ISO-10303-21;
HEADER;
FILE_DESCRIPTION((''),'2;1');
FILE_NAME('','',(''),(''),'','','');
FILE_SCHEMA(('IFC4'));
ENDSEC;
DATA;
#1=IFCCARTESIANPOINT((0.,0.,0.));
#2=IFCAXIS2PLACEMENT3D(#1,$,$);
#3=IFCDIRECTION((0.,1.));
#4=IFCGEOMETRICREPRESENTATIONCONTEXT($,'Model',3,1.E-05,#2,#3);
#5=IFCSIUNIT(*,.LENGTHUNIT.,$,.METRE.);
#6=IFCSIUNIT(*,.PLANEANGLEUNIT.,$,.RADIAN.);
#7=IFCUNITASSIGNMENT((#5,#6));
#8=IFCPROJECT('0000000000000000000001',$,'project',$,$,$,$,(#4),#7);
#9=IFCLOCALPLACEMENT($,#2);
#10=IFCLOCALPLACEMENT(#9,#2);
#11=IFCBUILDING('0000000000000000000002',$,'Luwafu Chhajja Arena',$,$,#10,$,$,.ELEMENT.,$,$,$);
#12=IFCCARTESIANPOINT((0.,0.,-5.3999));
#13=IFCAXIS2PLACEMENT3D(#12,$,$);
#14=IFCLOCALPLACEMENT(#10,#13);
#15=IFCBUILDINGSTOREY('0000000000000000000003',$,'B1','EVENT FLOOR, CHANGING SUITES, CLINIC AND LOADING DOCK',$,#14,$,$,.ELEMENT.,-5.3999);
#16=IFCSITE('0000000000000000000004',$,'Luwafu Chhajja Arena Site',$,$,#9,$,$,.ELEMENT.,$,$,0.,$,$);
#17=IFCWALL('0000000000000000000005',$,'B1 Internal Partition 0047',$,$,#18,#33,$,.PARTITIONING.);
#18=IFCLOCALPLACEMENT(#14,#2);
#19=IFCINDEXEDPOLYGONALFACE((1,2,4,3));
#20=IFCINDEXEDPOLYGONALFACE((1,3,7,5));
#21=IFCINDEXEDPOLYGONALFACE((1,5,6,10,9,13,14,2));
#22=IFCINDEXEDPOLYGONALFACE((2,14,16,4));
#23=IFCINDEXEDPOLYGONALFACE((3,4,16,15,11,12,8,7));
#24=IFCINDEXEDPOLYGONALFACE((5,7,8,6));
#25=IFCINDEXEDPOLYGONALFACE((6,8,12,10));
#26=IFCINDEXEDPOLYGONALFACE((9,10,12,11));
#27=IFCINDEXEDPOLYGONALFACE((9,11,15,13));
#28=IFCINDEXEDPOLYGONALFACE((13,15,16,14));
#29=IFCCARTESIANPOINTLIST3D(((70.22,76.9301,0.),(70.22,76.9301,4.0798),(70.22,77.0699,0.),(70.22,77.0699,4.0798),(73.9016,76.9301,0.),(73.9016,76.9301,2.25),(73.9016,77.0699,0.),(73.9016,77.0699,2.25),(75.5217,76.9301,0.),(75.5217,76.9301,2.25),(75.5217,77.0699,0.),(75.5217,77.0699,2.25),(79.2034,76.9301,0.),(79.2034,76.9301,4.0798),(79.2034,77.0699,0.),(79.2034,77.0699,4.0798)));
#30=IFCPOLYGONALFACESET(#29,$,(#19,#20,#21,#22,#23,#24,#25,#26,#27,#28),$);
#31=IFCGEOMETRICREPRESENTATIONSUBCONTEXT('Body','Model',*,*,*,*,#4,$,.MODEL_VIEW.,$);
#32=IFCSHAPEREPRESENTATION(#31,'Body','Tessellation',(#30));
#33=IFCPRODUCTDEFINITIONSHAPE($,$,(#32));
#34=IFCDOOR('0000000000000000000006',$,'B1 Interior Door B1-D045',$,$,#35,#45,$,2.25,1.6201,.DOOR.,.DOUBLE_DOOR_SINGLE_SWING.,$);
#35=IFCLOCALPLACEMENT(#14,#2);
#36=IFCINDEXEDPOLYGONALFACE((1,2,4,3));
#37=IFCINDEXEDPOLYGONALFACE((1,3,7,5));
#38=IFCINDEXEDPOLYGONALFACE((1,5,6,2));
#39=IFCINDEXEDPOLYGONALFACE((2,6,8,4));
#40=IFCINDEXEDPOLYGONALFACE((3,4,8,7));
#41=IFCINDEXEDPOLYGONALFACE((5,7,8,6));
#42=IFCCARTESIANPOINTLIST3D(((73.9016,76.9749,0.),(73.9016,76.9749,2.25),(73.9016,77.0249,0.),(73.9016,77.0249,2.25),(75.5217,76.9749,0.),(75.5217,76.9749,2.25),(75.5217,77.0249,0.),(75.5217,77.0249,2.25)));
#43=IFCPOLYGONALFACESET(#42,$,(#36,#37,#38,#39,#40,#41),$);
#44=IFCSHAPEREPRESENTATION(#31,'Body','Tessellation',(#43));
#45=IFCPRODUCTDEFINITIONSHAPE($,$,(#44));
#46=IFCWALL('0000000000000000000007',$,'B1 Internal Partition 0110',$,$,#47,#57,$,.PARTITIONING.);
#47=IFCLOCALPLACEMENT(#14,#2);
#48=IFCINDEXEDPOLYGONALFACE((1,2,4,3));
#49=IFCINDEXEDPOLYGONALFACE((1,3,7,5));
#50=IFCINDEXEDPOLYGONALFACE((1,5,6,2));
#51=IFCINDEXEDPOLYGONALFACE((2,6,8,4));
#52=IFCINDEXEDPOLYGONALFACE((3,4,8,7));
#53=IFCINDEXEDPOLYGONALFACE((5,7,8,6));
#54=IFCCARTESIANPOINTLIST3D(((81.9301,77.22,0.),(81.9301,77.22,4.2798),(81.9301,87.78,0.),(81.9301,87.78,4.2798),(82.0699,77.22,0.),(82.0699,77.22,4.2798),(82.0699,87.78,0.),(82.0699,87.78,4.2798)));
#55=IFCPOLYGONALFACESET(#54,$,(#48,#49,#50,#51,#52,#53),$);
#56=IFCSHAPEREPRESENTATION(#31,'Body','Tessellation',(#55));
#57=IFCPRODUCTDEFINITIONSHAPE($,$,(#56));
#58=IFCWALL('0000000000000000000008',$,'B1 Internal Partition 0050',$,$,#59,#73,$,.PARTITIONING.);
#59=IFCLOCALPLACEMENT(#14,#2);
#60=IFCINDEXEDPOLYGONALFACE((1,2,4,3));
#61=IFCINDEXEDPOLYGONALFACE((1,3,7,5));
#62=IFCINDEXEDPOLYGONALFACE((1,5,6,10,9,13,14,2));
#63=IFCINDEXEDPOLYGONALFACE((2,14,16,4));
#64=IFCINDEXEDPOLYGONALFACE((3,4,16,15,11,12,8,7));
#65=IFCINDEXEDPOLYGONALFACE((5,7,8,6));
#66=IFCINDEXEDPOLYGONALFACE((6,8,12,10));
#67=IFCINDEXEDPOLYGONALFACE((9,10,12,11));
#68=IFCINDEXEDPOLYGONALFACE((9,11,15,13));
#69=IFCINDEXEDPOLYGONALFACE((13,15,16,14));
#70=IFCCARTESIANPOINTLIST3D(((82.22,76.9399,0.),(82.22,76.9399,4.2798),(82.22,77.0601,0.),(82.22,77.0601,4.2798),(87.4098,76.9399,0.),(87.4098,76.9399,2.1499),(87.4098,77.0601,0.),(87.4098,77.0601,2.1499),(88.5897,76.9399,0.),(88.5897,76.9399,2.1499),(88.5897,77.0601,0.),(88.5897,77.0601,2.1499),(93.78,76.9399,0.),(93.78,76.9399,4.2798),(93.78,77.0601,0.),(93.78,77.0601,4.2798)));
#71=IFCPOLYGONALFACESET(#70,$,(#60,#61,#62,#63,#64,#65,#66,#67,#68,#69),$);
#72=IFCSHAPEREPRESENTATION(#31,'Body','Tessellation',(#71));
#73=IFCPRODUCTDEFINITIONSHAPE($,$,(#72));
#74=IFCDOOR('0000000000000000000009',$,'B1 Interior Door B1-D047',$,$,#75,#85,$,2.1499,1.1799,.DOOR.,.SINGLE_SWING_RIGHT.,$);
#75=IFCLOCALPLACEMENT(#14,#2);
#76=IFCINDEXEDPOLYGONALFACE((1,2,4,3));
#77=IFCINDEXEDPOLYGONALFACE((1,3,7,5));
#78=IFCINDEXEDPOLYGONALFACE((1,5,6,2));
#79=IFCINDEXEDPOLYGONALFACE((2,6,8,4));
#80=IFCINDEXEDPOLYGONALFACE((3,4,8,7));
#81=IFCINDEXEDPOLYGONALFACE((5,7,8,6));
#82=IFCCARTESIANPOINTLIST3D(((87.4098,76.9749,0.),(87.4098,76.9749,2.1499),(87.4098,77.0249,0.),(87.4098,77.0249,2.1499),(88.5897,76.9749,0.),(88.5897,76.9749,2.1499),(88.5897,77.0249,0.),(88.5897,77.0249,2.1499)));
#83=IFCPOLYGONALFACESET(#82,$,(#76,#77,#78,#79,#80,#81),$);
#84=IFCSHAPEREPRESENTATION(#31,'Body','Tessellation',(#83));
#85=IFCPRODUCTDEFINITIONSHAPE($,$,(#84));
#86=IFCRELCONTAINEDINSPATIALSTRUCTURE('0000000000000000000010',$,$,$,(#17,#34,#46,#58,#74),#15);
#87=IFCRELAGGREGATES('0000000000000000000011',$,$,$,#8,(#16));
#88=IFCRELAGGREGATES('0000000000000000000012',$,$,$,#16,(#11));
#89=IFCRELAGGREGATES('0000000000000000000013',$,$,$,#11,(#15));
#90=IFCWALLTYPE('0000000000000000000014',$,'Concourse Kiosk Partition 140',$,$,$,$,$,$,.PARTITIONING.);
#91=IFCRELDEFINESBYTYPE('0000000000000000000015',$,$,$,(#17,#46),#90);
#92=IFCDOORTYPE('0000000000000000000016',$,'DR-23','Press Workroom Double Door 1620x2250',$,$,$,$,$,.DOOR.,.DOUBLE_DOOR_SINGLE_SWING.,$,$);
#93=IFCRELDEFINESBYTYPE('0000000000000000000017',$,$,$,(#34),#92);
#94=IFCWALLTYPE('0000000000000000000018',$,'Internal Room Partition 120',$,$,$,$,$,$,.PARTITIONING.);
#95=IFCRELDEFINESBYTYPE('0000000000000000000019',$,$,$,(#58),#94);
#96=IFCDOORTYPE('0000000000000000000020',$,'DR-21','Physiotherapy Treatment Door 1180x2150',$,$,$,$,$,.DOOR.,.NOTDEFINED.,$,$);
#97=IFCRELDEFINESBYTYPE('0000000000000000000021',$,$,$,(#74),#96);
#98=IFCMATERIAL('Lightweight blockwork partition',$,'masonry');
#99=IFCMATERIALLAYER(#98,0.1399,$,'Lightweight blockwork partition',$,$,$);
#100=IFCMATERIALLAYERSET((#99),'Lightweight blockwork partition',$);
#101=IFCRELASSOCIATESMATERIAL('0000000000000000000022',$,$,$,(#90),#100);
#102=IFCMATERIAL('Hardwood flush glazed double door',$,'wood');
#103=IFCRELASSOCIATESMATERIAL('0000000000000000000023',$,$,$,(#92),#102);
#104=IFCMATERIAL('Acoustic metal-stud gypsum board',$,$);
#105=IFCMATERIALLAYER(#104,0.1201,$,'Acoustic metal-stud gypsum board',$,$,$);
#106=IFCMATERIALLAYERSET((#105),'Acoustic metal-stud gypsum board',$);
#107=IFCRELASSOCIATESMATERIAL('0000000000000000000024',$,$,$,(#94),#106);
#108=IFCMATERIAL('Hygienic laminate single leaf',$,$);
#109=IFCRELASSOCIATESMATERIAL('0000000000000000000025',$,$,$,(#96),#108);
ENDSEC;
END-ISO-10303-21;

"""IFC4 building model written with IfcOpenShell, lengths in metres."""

from ifc_helpers import new_model, si_unit, direction, frame, frame_2d, origin, place, context, subcontext, project, spatial, rectangle, extrude, material, layer, layer_set, type_object, element, fill, save


model = new_model("IFC4")

# Units and contexts
model_context = context("Model", 3, precision=1e-05, world=origin(), true_north=direction((0.0, 1.0)))
body_context = subcontext(model_context, "Body", "Model", "MODEL_VIEW")
ifc_project = project(units=[si_unit("LENGTHUNIT", "METRE"), si_unit("PLANEANGLEUNIT", "RADIAN")], contexts=[model_context])

# Site, building, storey
site_placement = place(None, origin())
site = spatial("IfcSite", under=ifc_project, at=site_placement, Name="Luwafu Chhajja Arena Site", CompositionType="ELEMENT", RefElevation=0.0)
building_placement = place(site_placement, origin())
building = spatial("IfcBuilding", under=site, at=building_placement, Name="Luwafu Chhajja Arena", CompositionType="ELEMENT")
storey_placement = place(building_placement, frame((0.0, 0.0, -5.3999)))
storey = spatial("IfcBuildingStorey", under=building, at=storey_placement, Name="B1", Description="EVENT FLOOR, CHANGING SUITES, CLINIC AND LOADING DOCK", CompositionType="ELEMENT", Elevation=-5.3999)

# Wall, opening, door
ifc_material_1 = material(Name="Lightweight blockwork partition", Category="masonry")
ifc_layer_1 = layer(ifc_material_1, 0.1399, Name="Lightweight blockwork partition")
ifc_layer_set_1 = layer_set([ifc_layer_1], Name="Lightweight blockwork partition")
wall_type_1 = type_object("IfcWallType", Name="Concourse Kiosk Partition 140", PredefinedType="PARTITIONING", material=ifc_layer_set_1)
wall_1_placement = place(storey_placement, frame((70.22, 77.0, 0.0), z_axis=(0.0, 0.0, 1.0), x_axis=(1.0, 0.0, 0.0)))
wall_1 = element("IfcWall", 1, at=wall_1_placement, inside=storey, type_object=wall_type_1, Name="B1 Internal Partition 0047", PredefinedType="PARTITIONING", context=body_context, shape_type="SweptSolid", body=[
    extrude(rectangle(XDim=8.9834, YDim=0.1399, at=frame_2d((4.4917, 0.0))), origin(), (0.0, 0.0, 1.0), 4.0798),
])
opening_1_placement = place(wall_1_placement, frame((3.6816, 0.0, 0.0)))
opening_1 = element("IfcOpeningElement", 2, at=opening_1_placement, cuts=wall_1, PredefinedType="OPENING", context=body_context, shape_type="SweptSolid", body=[
    extrude(rectangle(XDim=1.6201, YDim=2.25, at=frame_2d((0.8101, 1.125))), frame((0.0, 0.0798, 0.0), z_axis=(0.0, -1.0, 0.0), x_axis=(1.0, 0.0, 0.0)), (0.0, 0.0, 1.0), 0.1599),
])
ifc_material_2 = material(Name="Hardwood flush glazed double door", Category="wood")
door_type_1 = type_object("IfcDoorType", Name="DR-23", Description="Press Workroom Double Door 1620x2250", OperationType="DOUBLE_DOOR_SINGLE_SWING", PredefinedType="DOOR", material=ifc_material_2)
door_1_placement = place(opening_1_placement, origin())
door_1 = element("IfcDoor", 3, at=door_1_placement, inside=storey, type_object=door_type_1, Name="B1 Interior Door B1-D045", OperationType="DOUBLE_DOOR_SINGLE_SWING", OverallHeight=2.25, OverallWidth=1.6201, PredefinedType="DOOR", context=body_context, shape_type="SweptSolid", body=[
    extrude(rectangle(XDim=1.6201, YDim=2.25, at=frame_2d((0.8101, 1.125))), frame((0.0, 0.0249, 0.0), z_axis=(0.0, -1.0, 0.0), x_axis=(1.0, 0.0, 0.0)), (0.0, 0.0, 1.0), 0.05),
])
fill(opening_1, door_1)

# Wall
wall_2_placement = place(storey_placement, frame((82.0, 77.22, 0.0), z_axis=(0.0, 0.0, 1.0), x_axis=(0.0, 1.0, 0.0)))
element("IfcWall", 4, at=wall_2_placement, inside=storey, type_object=wall_type_1, Name="B1 Internal Partition 0110", PredefinedType="PARTITIONING", context=body_context, shape_type="SweptSolid", body=[
    extrude(rectangle(XDim=10.5601, YDim=0.1399, at=frame_2d((5.28, 0.0))), origin(), (0.0, 0.0, 1.0), 4.2798),
])

# Wall, opening, door
ifc_material_3 = material(Name="Acoustic metal-stud gypsum board")
ifc_layer_2 = layer(ifc_material_3, 0.1201, Name="Acoustic metal-stud gypsum board")
ifc_layer_set_2 = layer_set([ifc_layer_2], Name="Acoustic metal-stud gypsum board")
wall_type_2 = type_object("IfcWallType", Name="Internal Room Partition 120", PredefinedType="PARTITIONING", material=ifc_layer_set_2)
wall_3_placement = place(storey_placement, frame((82.22, 77.0, 0.0), z_axis=(0.0, 0.0, 1.0), x_axis=(1.0, 0.0, 0.0)))
wall_3 = element("IfcWall", 5, at=wall_3_placement, inside=storey, type_object=wall_type_2, Name="B1 Internal Partition 0050", PredefinedType="PARTITIONING", context=body_context, shape_type="SweptSolid", body=[
    extrude(rectangle(XDim=11.5601, YDim=0.1201, at=frame_2d((5.78, 0.0))), origin(), (0.0, 0.0, 1.0), 4.2798),
])
opening_2_placement = place(wall_3_placement, frame((5.1899, 0.0, 0.0)))
opening_2 = element("IfcOpeningElement", 6, at=opening_2_placement, cuts=wall_3, PredefinedType="OPENING", context=body_context, shape_type="SweptSolid", body=[
    extrude(rectangle(XDim=1.1799, YDim=2.1499, at=frame_2d((0.5898, 1.075))), frame((0.0, 0.0701, 0.0), z_axis=(0.0, -1.0, 0.0), x_axis=(1.0, 0.0, 0.0)), (0.0, 0.0, 1.0), 0.1401),
])
ifc_material_4 = material(Name="Hygienic laminate single leaf")
door_type_2 = type_object("IfcDoorType", Name="DR-21", Description="Physiotherapy Treatment Door 1180x2150", OperationType="NOTDEFINED", PredefinedType="DOOR", material=ifc_material_4)
door_2_placement = place(opening_2_placement, origin())
door_2 = element("IfcDoor", 7, at=door_2_placement, inside=storey, type_object=door_type_2, Name="B1 Interior Door B1-D047", OperationType="SINGLE_SWING_RIGHT", OverallHeight=2.1499, OverallWidth=1.1799, PredefinedType="DOOR", context=body_context, shape_type="SweptSolid", body=[
    extrude(rectangle(XDim=1.1799, YDim=2.1499, at=frame_2d((0.5898, 1.075))), frame((0.0, 0.0249, 0.0), z_axis=(0.0, -1.0, 0.0), x_axis=(1.0, 0.0, 0.0)), (0.0, 0.0, 1.0), 0.05),
])
fill(opening_2, door_2)

save(model, "model.ifc")
